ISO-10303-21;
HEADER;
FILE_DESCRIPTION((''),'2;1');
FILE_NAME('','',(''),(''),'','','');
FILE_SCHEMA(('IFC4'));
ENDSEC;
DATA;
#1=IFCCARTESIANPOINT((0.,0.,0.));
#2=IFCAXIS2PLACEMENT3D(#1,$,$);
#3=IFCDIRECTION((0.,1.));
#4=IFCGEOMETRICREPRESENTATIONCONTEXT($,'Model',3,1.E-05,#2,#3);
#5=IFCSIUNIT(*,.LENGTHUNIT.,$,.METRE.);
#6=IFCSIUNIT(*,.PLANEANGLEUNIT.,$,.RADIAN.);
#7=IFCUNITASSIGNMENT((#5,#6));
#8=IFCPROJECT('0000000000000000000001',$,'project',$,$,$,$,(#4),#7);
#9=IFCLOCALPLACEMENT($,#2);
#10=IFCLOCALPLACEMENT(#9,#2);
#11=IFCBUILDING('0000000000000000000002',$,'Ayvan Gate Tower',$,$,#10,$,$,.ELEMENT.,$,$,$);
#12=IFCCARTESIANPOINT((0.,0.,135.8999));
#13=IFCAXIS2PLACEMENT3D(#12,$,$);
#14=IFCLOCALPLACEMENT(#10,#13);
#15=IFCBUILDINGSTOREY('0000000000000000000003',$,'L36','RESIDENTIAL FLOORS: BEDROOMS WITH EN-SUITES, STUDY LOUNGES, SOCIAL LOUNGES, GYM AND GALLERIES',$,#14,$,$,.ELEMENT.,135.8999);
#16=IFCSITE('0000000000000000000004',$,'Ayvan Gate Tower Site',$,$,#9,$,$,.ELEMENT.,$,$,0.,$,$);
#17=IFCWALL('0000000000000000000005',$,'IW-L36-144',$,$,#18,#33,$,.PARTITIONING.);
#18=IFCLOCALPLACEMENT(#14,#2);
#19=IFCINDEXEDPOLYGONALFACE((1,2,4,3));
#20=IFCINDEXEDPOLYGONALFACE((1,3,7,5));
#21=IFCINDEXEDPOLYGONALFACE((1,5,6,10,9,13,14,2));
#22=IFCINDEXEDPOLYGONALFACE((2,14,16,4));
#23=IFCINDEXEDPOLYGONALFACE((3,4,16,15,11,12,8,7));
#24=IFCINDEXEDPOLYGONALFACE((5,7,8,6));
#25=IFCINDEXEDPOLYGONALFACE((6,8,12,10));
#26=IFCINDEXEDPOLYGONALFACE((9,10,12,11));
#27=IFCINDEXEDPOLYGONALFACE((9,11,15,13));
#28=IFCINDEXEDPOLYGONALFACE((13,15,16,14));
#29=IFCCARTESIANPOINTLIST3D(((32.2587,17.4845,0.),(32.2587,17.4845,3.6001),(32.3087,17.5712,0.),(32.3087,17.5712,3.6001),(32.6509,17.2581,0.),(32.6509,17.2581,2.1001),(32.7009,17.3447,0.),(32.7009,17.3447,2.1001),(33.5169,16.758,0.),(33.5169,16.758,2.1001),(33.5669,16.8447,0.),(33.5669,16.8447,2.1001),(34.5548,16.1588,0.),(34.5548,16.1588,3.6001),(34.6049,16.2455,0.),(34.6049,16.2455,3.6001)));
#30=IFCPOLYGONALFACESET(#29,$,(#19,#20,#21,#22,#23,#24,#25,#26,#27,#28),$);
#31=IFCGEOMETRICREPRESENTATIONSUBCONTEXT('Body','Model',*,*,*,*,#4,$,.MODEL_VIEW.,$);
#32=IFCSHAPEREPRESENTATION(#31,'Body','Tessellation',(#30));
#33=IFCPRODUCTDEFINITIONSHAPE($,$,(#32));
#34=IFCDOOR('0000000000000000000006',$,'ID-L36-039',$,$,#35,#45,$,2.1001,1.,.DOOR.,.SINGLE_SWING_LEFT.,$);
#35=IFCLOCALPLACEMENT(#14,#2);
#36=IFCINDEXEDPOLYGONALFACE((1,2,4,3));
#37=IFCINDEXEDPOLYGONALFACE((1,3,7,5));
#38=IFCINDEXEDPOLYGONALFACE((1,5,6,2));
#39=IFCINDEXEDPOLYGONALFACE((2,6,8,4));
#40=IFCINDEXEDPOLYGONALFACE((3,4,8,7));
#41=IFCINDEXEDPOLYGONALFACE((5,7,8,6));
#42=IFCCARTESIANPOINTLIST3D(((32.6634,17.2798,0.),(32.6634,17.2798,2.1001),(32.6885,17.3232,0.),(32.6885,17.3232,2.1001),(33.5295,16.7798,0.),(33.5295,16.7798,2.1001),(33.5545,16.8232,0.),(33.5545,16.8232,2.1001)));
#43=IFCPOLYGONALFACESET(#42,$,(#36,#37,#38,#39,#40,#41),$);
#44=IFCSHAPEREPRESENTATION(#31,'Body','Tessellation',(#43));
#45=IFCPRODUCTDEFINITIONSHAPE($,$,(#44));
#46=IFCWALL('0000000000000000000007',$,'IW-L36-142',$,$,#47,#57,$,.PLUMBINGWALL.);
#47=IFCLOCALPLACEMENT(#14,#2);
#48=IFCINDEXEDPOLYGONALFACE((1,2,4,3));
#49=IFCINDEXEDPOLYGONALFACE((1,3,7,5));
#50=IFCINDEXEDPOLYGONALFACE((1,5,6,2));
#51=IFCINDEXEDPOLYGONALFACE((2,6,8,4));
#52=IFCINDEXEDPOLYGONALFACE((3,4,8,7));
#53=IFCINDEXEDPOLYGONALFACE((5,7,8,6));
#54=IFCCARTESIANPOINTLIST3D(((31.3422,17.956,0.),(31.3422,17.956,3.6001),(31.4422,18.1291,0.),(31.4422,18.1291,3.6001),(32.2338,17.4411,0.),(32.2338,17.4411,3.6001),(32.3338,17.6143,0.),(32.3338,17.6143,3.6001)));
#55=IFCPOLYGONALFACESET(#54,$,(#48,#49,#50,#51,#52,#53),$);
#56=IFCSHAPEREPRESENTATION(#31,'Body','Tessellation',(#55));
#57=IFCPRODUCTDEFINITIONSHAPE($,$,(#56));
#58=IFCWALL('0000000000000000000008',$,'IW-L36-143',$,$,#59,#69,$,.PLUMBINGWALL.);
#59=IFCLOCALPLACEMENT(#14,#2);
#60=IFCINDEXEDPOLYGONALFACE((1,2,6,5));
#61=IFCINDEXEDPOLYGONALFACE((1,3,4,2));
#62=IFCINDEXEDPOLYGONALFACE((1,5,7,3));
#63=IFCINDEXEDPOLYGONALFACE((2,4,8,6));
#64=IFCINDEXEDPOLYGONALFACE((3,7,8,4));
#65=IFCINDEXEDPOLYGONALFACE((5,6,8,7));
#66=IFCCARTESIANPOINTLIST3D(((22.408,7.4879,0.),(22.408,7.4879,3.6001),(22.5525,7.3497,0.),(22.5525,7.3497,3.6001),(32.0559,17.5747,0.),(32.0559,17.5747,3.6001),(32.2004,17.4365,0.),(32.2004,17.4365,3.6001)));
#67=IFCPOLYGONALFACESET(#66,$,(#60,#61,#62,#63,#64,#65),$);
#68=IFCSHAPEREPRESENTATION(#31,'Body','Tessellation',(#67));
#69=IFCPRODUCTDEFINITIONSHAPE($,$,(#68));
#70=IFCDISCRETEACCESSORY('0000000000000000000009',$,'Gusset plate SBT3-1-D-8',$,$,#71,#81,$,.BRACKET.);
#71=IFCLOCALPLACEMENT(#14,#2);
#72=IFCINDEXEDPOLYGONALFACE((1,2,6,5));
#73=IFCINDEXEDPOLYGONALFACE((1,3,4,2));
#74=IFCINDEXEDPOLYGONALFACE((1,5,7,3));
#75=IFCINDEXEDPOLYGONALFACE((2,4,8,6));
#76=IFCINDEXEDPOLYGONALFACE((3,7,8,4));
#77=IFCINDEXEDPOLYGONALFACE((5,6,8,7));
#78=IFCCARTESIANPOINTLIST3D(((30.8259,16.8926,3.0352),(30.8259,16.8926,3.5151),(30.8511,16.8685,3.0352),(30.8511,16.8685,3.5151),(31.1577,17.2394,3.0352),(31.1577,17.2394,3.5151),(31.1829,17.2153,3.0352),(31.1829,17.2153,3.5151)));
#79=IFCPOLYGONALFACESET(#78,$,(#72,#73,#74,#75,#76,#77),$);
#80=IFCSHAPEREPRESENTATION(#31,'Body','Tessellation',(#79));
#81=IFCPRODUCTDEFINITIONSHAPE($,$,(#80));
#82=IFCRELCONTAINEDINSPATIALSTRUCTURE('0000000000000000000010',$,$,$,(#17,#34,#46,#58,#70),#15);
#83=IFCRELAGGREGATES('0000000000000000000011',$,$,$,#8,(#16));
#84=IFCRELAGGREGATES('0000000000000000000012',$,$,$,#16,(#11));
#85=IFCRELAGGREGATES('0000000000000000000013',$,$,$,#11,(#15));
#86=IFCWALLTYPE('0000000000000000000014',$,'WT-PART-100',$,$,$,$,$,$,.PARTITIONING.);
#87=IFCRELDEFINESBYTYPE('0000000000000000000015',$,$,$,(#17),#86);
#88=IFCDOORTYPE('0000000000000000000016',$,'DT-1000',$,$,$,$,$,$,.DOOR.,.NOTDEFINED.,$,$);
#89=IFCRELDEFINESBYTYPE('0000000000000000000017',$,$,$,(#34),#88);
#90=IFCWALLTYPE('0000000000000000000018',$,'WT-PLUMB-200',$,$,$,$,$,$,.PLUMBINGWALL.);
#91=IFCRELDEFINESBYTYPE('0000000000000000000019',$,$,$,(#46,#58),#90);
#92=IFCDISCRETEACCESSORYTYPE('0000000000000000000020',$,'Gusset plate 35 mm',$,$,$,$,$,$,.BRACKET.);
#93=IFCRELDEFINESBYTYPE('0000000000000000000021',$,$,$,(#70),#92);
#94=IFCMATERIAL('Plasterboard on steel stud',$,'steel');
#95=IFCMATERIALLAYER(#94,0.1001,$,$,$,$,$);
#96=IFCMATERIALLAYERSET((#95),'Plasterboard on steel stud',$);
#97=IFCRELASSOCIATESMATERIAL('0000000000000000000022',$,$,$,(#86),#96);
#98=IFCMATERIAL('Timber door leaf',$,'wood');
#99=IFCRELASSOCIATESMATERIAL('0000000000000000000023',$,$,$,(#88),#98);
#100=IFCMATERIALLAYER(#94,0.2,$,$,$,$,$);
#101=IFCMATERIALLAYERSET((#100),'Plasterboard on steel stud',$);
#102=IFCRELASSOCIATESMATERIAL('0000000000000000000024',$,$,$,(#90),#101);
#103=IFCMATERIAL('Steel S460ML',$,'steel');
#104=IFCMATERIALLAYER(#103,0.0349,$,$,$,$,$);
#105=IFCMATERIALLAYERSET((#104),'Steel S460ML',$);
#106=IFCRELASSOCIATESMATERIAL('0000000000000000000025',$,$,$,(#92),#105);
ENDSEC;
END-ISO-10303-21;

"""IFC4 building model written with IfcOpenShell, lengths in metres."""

from ifc_helpers import new_model, si_unit, direction, frame, frame_2d, origin, origin_2d, place, context, subcontext, project, spatial, rectangle, extrude, material, layer, layer_set, type_object, element, fill, save


model = new_model("IFC4")

# Units and contexts
model_context = context("Model", 3, precision=1e-05, world=origin(), true_north=direction((0.0, 1.0)))
body_context = subcontext(model_context, "Body", "Model", "MODEL_VIEW")
ifc_project = project(units=[si_unit("LENGTHUNIT", "METRE"), si_unit("PLANEANGLEUNIT", "RADIAN")], contexts=[model_context])

# Site, building, storey
site_placement = place(None, origin())
site = spatial("IfcSite", under=ifc_project, at=site_placement, Name="Ayvan Gate Tower Site", CompositionType="ELEMENT", RefElevation=0.0)
building_placement = place(site_placement, origin())
building = spatial("IfcBuilding", under=site, at=building_placement, Name="Ayvan Gate Tower", CompositionType="ELEMENT")
storey_placement = place(building_placement, frame((0.0, 0.0, 135.8999)))
storey = spatial("IfcBuildingStorey", under=building, at=storey_placement, Name="L36", Description="RESIDENTIAL FLOORS: BEDROOMS WITH EN-SUITES, STUDY LOUNGES, SOCIAL LOUNGES, GYM AND GALLERIES", CompositionType="ELEMENT", Elevation=135.8999)

# Shared definitions
ifc_material_1 = material(Name="Steel S460ML", Category="steel")

# Wall, opening, door
ifc_material_2 = material(Name="Plasterboard on steel stud", Category="steel")
ifc_layer_1 = layer(ifc_material_2, 0.1001)
ifc_layer_set_1 = layer_set([ifc_layer_1], Name="Plasterboard on steel stud")
wall_type_1 = type_object("IfcWallType", Name="WT-PART-100", PredefinedType="PARTITIONING", material=ifc_layer_set_1)
wall_1_placement = place(storey_placement, frame((34.5798, 16.2021, 0.0), z_axis=(0.0, 0.0, 1.0), x_axis=(-0.866025, 0.500001, 0.0)))
wall_1 = element("IfcWall", 1, at=wall_1_placement, inside=storey, type_object=wall_type_1, Name="IW-L36-144", PredefinedType="PARTITIONING", context=body_context, shape_type="SweptSolid", body=[
    extrude(rectangle(XDim=2.6514, YDim=0.1001, at=frame_2d((1.3257, 0.0))), origin(), (0.0, 0.0, 1.0), 3.6001),
])
opening_placement = place(wall_1_placement, frame((1.1985, 0.0, 0.0)))
opening = element("IfcOpeningElement", 2, at=opening_placement, cuts=wall_1, PredefinedType="OPENING", context=body_context, shape_type="SweptSolid", body=[
    extrude(rectangle(XDim=1.0, YDim=2.1001, at=frame_2d((0.5, 1.05))), frame((0.0, 0.0601, 0.0), z_axis=(0.0, -1.0, 0.0), x_axis=(1.0, 0.0, 0.0)), (0.0, 0.0, 1.0), 0.1201),
])
ifc_material_3 = material(Name="Timber door leaf", Category="wood")
door_type = type_object("IfcDoorType", Name="DT-1000", OperationType="NOTDEFINED", PredefinedType="DOOR", material=ifc_material_3)
door_placement = place(opening_placement, origin())
door = element("IfcDoor", 3, at=door_placement, inside=storey, type_object=door_type, Name="ID-L36-039", OperationType="SINGLE_SWING_LEFT", OverallHeight=2.1001, OverallWidth=1.0, PredefinedType="DOOR", context=body_context, shape_type="SweptSolid", body=[
    extrude(rectangle(XDim=1.0, YDim=2.1001, at=frame_2d((0.5, 1.05))), frame((0.0, 0.0249, 0.0), z_axis=(0.0, -1.0, 0.0), x_axis=(1.0, 0.0, 0.0)), (0.0, 0.0, 1.0), 0.05),
])
fill(opening, door)

# Walls
ifc_layer_2 = layer(ifc_material_2, 0.2)
ifc_layer_set_2 = layer_set([ifc_layer_2], Name="Plasterboard on steel stud")
wall_type_2 = type_object("IfcWallType", Name="WT-PLUMB-200", PredefinedType="PLUMBINGWALL", material=ifc_layer_set_2)
wall_2_placement = place(storey_placement, frame((31.3923, 18.0425, 0.0), z_axis=(0.0, 0.0, 1.0), x_axis=(0.865972, -0.500092, 0.0)))
element("IfcWall", 4, at=wall_2_placement, inside=storey, type_object=wall_type_2, Name="IW-L36-142", PredefinedType="PLUMBINGWALL", context=body_context, shape_type="SweptSolid", body=[
    extrude(rectangle(XDim=1.0295, YDim=0.2, at=frame_2d((0.5146, 0.0))), origin(), (0.0, 0.0, 1.0), 3.6001),
])
wall_3_placement = place(storey_placement, frame((32.1282, 17.5056, 0.0), z_axis=(0.0, 0.0, 1.0), x_axis=(-0.691208, -0.722656, 0.0)))
element("IfcWall", 5, at=wall_3_placement, inside=storey, type_object=wall_type_2, Name="IW-L36-143", PredefinedType="PLUMBINGWALL", context=body_context, shape_type="SweptSolid", body=[
    extrude(rectangle(XDim=13.958, YDim=0.2, at=frame_2d((6.979, 0.0))), origin(), (0.0, 0.0, 1.0), 3.6001),
])

# Discrete accessory
ifc_layer_3 = layer(ifc_material_1, 0.0349)
ifc_layer_set_3 = layer_set([ifc_layer_3], Name="Steel S460ML")
discrete_accessory_type = type_object("IfcDiscreteAccessoryType", Name="Gusset plate 35 mm", PredefinedType="BRACKET", material=ifc_layer_set_3)
discrete_accessory_placement = place(storey_placement, frame((31.0044, 17.054, 3.0352), z_axis=(0.0, 0.0, 1.0), x_axis=(0.691214, 0.72265, 0.0)))
element("IfcDiscreteAccessory", 6, at=discrete_accessory_placement, inside=storey, type_object=discrete_accessory_type, Name="Gusset plate SBT3-1-D-8", PredefinedType="BRACKET", context=body_context, shape_type="SweptSolid", body=[
    extrude(rectangle(XDim=0.48, YDim=0.0349, at=origin_2d()), origin(), (0.0, 0.0, 1.0), 0.48),
])

save(model, "model.ifc")
